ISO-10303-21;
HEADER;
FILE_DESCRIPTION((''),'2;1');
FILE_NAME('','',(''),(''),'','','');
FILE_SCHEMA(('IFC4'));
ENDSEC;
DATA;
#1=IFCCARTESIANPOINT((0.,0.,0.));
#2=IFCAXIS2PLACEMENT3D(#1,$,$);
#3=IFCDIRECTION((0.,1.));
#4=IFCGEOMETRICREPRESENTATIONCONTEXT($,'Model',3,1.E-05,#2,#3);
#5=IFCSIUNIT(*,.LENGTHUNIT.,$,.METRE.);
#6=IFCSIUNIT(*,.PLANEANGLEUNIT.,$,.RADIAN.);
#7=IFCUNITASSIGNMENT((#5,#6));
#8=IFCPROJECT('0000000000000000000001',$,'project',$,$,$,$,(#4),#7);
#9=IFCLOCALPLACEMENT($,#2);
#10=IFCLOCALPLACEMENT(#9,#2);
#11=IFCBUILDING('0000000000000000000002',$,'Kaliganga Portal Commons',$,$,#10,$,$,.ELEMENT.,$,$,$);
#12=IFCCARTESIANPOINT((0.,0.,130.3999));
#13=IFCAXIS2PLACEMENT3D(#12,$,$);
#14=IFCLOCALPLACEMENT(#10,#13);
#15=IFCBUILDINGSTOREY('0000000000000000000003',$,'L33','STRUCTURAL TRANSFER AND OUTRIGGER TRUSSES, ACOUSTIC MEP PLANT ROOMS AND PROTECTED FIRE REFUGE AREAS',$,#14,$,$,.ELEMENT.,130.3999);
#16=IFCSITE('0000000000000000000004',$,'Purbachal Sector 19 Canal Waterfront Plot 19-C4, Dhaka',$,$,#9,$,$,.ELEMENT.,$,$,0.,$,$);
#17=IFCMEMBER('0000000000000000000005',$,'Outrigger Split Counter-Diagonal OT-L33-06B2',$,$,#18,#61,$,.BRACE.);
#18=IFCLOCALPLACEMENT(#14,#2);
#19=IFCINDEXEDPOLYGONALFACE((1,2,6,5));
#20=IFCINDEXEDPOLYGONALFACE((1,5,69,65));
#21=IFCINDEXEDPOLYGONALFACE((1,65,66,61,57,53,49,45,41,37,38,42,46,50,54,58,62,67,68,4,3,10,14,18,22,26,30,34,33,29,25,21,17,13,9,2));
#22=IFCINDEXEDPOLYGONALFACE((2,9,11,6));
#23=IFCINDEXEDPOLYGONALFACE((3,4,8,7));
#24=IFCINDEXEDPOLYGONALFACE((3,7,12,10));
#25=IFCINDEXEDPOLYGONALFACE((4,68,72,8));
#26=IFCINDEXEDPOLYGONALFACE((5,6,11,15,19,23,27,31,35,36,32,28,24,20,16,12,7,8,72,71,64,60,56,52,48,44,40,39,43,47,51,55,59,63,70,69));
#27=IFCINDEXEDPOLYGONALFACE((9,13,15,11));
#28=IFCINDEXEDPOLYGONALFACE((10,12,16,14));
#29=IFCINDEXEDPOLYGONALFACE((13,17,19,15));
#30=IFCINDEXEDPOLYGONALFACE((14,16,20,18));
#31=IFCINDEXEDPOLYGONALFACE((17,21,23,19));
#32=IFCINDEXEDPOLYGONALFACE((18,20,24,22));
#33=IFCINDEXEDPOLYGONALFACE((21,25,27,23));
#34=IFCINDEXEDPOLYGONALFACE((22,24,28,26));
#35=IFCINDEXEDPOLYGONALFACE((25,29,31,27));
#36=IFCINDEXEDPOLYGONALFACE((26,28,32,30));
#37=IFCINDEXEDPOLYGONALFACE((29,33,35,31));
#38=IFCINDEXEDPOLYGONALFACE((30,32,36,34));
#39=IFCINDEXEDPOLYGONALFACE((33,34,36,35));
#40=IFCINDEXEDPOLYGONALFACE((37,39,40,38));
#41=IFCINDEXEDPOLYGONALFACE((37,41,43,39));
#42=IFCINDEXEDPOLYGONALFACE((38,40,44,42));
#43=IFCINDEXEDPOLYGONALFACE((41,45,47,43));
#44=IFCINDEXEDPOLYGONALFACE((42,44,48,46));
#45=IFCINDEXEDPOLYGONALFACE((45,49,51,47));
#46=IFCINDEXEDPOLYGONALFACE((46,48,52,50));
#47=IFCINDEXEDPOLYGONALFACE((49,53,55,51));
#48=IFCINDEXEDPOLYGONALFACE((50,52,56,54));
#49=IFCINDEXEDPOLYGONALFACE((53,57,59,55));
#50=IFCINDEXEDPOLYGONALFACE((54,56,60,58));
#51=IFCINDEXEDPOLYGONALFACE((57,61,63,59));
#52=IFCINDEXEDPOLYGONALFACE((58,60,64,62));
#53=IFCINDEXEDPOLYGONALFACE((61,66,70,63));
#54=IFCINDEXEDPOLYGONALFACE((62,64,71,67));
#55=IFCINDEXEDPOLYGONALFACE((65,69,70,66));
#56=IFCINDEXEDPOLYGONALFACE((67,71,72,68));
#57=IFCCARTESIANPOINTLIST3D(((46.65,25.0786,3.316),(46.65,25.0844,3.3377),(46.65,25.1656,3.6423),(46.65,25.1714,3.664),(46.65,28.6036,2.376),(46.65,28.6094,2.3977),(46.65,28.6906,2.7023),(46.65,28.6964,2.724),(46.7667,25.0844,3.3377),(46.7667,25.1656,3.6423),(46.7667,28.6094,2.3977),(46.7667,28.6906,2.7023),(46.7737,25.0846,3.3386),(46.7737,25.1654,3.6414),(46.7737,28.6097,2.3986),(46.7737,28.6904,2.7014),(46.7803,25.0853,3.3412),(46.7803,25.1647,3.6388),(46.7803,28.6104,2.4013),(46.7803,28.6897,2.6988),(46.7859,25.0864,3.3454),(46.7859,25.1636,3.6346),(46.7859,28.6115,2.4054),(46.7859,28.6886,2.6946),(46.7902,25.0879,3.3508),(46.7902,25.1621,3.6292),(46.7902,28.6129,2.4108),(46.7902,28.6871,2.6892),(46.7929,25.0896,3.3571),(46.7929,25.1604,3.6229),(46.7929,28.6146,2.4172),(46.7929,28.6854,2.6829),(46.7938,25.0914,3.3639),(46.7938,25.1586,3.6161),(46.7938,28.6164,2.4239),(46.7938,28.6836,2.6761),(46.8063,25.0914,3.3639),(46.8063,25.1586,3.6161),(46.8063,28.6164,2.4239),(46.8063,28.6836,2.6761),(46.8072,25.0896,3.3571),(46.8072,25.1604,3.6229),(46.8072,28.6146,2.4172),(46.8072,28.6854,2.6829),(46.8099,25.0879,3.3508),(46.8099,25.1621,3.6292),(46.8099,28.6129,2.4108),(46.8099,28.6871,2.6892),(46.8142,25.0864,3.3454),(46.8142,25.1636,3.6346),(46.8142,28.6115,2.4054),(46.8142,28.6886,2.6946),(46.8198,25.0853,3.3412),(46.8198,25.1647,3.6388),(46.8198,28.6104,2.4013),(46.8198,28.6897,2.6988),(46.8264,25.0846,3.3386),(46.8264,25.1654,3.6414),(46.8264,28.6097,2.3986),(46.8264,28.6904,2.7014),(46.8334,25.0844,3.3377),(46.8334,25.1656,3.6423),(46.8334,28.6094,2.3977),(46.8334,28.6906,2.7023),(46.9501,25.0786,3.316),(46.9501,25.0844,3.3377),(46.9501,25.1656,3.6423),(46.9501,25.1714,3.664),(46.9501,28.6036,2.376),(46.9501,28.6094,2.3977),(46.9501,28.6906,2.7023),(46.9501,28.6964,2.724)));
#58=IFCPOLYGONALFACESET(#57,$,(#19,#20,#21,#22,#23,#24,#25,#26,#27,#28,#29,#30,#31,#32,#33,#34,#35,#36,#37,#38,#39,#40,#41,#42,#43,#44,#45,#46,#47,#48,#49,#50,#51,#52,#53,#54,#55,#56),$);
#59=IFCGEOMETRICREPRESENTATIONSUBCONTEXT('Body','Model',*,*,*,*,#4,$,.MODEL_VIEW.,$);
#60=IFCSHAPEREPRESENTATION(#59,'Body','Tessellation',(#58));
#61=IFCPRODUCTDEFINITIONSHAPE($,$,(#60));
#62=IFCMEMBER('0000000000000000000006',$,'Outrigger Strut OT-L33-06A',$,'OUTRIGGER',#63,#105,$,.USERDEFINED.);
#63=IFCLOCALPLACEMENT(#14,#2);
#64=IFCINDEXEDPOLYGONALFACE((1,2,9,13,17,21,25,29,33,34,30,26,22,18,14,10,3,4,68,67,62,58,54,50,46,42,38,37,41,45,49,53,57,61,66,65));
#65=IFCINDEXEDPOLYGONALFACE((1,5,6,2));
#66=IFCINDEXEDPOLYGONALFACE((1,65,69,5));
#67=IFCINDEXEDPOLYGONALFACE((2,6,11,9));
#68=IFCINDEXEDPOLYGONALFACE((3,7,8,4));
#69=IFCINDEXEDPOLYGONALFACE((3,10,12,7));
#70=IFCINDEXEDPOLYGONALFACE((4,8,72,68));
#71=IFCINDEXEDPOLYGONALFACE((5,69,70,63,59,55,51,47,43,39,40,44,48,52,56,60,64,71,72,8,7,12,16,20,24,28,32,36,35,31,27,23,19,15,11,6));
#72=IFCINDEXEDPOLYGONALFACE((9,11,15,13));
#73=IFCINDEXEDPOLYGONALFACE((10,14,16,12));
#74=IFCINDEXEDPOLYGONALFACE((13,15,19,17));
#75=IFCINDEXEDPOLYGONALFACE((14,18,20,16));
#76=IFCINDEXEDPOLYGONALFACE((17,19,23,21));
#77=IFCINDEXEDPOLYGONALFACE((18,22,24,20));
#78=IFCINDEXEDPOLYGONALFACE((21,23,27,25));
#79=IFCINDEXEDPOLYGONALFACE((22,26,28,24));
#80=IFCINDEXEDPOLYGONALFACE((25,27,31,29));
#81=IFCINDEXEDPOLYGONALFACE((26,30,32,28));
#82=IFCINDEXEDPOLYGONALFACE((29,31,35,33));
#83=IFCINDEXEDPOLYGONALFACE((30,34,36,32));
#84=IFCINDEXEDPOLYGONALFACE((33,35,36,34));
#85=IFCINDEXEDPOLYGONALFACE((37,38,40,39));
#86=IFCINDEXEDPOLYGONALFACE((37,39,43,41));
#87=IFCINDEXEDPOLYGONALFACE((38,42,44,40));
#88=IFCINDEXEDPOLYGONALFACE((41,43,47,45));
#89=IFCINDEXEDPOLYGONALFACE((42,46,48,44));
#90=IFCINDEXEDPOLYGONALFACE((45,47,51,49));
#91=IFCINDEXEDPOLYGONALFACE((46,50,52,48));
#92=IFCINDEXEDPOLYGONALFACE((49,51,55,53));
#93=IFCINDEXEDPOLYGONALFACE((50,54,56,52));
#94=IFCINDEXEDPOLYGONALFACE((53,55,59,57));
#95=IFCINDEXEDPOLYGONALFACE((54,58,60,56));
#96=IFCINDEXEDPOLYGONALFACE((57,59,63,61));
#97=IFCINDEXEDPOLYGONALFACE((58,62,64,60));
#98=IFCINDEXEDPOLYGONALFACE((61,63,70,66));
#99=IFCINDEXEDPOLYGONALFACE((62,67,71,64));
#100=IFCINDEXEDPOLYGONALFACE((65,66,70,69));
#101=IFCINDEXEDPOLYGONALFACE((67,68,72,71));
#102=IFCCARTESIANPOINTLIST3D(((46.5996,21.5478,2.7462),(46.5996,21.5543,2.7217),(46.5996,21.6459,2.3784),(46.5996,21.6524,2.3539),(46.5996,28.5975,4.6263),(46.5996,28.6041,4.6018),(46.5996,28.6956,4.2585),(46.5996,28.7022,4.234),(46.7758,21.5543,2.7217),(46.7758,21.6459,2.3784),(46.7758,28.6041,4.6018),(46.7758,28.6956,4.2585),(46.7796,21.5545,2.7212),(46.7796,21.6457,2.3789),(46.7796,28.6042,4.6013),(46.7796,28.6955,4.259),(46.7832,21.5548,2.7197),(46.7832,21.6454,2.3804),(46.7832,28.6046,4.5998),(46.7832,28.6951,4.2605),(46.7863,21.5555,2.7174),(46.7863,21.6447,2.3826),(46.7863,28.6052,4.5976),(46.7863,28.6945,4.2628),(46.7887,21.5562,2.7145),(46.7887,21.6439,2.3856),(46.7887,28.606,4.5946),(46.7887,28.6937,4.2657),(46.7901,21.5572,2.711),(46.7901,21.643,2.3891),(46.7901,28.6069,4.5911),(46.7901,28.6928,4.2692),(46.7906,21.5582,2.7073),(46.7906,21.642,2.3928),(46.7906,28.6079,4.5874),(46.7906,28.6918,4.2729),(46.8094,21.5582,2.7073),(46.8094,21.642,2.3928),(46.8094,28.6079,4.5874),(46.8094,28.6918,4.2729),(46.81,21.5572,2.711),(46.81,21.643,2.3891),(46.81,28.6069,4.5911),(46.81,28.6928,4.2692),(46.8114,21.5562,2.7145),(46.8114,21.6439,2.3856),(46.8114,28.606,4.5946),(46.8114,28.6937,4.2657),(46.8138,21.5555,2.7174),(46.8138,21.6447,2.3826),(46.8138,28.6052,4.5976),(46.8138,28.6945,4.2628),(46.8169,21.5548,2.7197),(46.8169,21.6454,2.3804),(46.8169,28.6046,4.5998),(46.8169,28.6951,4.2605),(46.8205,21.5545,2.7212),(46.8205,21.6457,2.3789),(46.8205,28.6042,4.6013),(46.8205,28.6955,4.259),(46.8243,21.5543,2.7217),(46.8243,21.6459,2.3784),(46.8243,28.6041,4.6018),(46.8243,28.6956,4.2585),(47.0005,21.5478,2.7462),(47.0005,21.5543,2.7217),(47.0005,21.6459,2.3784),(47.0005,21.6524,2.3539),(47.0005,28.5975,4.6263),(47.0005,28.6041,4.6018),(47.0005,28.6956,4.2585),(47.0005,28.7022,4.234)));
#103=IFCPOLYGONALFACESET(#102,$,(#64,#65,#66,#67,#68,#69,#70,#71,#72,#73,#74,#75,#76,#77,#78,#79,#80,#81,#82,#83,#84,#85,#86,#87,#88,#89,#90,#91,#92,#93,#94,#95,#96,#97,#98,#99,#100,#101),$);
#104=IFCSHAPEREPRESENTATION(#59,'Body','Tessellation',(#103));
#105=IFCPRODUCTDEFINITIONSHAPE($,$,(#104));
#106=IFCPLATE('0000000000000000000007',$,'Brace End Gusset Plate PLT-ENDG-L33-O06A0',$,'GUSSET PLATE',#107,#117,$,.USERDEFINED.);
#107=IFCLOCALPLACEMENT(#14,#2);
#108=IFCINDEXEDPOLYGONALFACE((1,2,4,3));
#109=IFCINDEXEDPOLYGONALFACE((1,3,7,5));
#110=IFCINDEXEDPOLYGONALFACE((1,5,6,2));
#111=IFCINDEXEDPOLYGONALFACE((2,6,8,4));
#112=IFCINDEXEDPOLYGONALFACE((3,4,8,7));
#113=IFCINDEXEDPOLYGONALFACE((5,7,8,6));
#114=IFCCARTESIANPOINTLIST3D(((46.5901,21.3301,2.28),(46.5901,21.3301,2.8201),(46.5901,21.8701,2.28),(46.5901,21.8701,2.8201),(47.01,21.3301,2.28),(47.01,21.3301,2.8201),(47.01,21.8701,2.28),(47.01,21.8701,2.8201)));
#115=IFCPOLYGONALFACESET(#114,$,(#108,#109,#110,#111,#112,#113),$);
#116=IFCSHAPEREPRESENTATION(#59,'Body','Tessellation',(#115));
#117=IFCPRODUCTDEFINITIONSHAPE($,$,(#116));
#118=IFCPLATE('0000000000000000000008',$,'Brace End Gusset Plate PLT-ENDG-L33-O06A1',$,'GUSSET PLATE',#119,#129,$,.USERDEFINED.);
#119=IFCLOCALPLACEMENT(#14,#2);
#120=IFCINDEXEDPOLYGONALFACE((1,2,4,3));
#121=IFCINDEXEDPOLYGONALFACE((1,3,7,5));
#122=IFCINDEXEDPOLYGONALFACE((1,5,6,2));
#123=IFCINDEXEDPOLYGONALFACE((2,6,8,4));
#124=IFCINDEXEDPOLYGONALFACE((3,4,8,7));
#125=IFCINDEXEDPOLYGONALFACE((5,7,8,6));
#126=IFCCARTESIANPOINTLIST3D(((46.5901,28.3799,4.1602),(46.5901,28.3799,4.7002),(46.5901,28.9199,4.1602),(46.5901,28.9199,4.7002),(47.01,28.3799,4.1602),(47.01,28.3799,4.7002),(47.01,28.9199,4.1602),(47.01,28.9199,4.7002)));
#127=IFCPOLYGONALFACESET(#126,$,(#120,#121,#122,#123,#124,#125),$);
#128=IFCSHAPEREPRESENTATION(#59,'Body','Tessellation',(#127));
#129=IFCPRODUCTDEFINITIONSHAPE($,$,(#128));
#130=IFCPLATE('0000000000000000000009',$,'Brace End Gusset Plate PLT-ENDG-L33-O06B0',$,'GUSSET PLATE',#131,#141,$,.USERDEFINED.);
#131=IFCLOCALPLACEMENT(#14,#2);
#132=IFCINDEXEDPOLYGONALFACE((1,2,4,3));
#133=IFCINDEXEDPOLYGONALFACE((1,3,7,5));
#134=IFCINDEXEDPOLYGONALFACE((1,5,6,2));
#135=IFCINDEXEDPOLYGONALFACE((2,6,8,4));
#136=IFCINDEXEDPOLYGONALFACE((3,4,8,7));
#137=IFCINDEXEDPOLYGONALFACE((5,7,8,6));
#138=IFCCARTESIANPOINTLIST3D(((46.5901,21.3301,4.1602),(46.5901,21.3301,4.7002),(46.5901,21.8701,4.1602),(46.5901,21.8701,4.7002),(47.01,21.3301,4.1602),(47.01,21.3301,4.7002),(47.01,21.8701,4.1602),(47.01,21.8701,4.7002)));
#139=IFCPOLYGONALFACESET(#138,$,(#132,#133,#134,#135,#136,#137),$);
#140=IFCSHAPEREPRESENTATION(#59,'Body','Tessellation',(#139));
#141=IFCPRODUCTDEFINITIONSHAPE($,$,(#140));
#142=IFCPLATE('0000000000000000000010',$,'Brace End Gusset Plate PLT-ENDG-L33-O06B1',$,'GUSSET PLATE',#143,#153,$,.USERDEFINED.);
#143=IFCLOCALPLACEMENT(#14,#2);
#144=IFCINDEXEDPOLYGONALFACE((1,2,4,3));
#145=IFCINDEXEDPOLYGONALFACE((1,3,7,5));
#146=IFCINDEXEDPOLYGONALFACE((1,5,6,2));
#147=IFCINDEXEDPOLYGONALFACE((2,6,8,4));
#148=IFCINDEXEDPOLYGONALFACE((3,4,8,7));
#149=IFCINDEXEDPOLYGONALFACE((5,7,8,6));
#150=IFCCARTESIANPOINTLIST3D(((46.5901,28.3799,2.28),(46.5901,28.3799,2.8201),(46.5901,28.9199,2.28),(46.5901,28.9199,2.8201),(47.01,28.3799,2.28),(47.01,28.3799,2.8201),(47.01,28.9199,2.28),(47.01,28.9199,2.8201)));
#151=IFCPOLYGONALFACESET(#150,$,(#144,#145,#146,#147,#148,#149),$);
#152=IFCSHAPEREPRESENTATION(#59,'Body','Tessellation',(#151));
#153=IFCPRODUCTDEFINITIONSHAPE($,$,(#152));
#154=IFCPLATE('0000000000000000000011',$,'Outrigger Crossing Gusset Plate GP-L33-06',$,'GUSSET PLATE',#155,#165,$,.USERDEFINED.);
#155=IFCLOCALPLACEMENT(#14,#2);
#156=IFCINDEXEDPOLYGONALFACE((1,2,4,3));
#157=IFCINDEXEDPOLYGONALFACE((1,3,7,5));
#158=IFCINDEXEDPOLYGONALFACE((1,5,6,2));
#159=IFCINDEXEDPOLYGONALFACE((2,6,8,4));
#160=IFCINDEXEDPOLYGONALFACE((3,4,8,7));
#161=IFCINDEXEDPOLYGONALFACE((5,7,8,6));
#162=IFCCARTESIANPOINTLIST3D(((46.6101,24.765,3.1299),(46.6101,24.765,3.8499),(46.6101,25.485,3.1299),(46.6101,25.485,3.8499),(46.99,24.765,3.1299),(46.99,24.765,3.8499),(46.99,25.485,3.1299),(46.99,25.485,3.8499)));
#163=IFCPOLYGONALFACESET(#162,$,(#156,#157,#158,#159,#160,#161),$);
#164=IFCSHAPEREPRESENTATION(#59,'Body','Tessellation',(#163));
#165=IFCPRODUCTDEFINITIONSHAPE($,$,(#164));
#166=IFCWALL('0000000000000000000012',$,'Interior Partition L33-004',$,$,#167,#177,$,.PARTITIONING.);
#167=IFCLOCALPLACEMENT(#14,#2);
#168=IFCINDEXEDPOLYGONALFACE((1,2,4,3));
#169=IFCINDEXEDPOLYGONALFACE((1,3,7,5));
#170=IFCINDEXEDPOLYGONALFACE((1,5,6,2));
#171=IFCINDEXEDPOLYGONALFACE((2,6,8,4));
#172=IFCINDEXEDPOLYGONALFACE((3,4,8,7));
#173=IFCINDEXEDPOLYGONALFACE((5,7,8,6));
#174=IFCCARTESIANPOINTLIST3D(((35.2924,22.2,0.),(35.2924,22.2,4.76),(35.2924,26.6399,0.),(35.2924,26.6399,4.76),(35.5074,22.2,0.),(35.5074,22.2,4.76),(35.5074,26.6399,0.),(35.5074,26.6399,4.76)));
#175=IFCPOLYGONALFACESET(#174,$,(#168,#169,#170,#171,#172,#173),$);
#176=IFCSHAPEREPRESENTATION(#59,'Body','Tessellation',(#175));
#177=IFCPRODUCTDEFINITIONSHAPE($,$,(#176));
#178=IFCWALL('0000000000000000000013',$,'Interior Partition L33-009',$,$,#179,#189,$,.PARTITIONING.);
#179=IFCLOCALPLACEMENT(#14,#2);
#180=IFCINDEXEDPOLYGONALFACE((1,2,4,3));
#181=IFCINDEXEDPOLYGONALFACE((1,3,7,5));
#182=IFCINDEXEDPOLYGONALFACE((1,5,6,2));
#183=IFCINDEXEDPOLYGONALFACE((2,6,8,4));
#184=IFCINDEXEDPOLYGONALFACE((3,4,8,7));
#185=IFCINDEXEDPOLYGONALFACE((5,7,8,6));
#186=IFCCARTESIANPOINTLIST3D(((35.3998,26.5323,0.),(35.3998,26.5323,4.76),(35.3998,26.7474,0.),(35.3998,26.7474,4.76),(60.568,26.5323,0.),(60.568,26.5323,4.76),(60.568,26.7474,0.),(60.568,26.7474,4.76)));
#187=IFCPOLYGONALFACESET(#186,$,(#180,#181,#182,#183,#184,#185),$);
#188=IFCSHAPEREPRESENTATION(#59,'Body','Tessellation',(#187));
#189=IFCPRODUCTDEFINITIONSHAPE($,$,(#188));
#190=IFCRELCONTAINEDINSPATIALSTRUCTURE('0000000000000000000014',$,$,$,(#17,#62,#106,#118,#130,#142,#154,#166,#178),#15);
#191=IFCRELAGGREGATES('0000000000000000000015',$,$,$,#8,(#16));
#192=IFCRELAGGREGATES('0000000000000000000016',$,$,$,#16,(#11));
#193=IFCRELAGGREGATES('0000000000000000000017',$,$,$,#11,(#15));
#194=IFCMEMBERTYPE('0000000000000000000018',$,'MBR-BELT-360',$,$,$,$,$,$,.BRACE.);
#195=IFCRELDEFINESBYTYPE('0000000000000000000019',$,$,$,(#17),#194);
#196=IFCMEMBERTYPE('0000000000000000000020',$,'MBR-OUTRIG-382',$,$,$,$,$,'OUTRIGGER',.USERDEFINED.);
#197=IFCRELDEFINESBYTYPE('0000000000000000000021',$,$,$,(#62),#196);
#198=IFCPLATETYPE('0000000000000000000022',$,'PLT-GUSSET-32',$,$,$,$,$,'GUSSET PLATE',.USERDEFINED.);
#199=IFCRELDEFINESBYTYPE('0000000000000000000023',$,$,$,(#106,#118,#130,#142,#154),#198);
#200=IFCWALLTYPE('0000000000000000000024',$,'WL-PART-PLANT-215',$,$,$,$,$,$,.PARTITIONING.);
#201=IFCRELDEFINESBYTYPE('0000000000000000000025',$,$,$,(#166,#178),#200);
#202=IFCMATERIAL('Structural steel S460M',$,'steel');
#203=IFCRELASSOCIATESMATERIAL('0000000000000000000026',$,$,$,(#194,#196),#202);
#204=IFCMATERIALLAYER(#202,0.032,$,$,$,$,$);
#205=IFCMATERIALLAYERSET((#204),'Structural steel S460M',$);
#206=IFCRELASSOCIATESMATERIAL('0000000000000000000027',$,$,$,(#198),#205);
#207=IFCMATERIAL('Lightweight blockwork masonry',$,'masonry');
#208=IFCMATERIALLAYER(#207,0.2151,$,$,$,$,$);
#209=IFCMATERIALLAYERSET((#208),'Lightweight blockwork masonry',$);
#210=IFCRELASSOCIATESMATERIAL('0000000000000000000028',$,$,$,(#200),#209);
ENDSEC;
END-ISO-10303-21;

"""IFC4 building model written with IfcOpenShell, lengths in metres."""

from ifc_helpers import new_model, si_unit, direction, frame, frame_2d, origin, origin_2d, place, context, subcontext, project, spatial, rectangle, i_section, extrude, source, transform, mapped, material, layer, layer_set, material_profile, profile_set, type_object, element, save


model = new_model("IFC4")

# Units and contexts
model_context = context("Model", 3, precision=1e-05, world=origin(), true_north=direction((0.0, 1.0)))
body_context = subcontext(model_context, "Body", "Model", "MODEL_VIEW")
ifc_project = project(units=[si_unit("LENGTHUNIT", "METRE"), si_unit("PLANEANGLEUNIT", "RADIAN")], contexts=[model_context])

# Site, building, storey
site_placement = place(None, origin())
site = spatial("IfcSite", under=ifc_project, at=site_placement, Name="Purbachal Sector 19 Canal Waterfront Plot 19-C4, Dhaka", CompositionType="ELEMENT", RefElevation=0.0)
building_placement = place(site_placement, origin())
building = spatial("IfcBuilding", under=site, at=building_placement, Name="Kaliganga Portal Commons", CompositionType="ELEMENT")
storey_placement = place(building_placement, frame((0.0, 0.0, 130.3999)))
storey = spatial("IfcBuildingStorey", under=building, at=storey_placement, Name="L33", Description="STRUCTURAL TRANSFER AND OUTRIGGER TRUSSES, ACOUSTIC MEP PLANT ROOMS AND PROTECTED FIRE REFUGE AREAS", CompositionType="ELEMENT", Elevation=130.3999)

# Members
ifc_material_1 = material(Name="Structural steel S460M", Category="steel")
ifc_material_profile_1 = material_profile(ifc_material_1, i_section(OverallWidth=0.3, OverallDepth=0.3601, WebThickness=0.0125, FlangeThickness=0.0225, FilletRadius=0.0271, at=origin_2d()), Name="HE 360 B")
ifc_profile_set_1 = profile_set([ifc_material_profile_1], Name="Structural steel S460M wide-flange")
member_type_1 = type_object("IfcMemberType", Name="MBR-BELT-360", PredefinedType="BRACE", material=ifc_profile_set_1)
shared_shape_1 = source(origin(), body_context, "Body", "SweptSolid", [
    extrude(i_section(OverallWidth=0.3, OverallDepth=0.3601, WebThickness=0.0125, FlangeThickness=0.0225, FilletRadius=0.0271, at=origin_2d()), origin(), (0.0, 0.0, 1.0), 3.6482),
])
for number, where, z_axis, x_axis, name in (
    (1, (46.8, 25.125, 3.49), (0.0, 0.966237, -0.257654), (-1.0, 0.0, 0.0), "Outrigger Split Counter-Diagonal OT-L33-06B2"),
):
    element("IfcMember", number, at=place(storey_placement, frame(where, z_axis=z_axis, x_axis=x_axis)), inside=storey, type_object=member_type_1, Name=name, PredefinedType="BRACE", context=body_context, shape_type="MappedRepresentation", body=[
        mapped(shared_shape_1, transform((0.0, 0.0, 0.0), x_axis=(1.0, 0.0, 0.0), y_axis=(0.0, 1.0, 0.0), z_axis=(0.0, 0.0, 1.0), scale=1.0)),
    ])
ifc_material_profile_2 = material_profile(ifc_material_1, i_section(OverallWidth=0.4009, OverallDepth=0.406, WebThickness=0.0188, FlangeThickness=0.0254, FilletRadius=0.0149, at=origin_2d()), Name="HD 400x314")
ifc_profile_set_2 = profile_set([ifc_material_profile_2], Name="Structural steel S460M wide-flange")
member_type_2 = type_object("IfcMemberType", Name="MBR-OUTRIG-382", ElementType="OUTRIGGER", PredefinedType="USERDEFINED", material=ifc_profile_set_2)
shared_shape_2 = source(origin(), body_context, "Body", "SweptSolid", [
    extrude(i_section(OverallWidth=0.4009, OverallDepth=0.406, WebThickness=0.0188, FlangeThickness=0.0254, FilletRadius=0.0149, at=origin_2d()), origin(), (0.0, 0.0, 1.0), 7.2961),
])
member_placement = place(storey_placement, frame((46.8, 21.6001, 2.55), z_axis=(0.0, 0.966229, 0.257686), x_axis=(-1.0, 0.0, 0.0)))
element("IfcMember", 2, at=member_placement, inside=storey, type_object=member_type_2, Name="Outrigger Strut OT-L33-06A", ObjectType="OUTRIGGER", PredefinedType="USERDEFINED", context=body_context, shape_type="MappedRepresentation", body=[
    mapped(shared_shape_2, transform((0.0, 0.0, 0.0), x_axis=(1.0, 0.0, 0.0), y_axis=(0.0, 1.0, 0.0), z_axis=(0.0, 0.0, 1.0), scale=1.0)),
])

# Plates
ifc_layer_1 = layer(ifc_material_1, 0.032)
ifc_layer_set_1 = layer_set([ifc_layer_1], Name="Structural steel S460M")
plate_type = type_object("IfcPlateType", Name="PLT-GUSSET-32", ElementType="GUSSET PLATE", PredefinedType="USERDEFINED", material=ifc_layer_set_1)
shared_shape_3 = source(origin(), body_context, "Body", "SweptSolid", [
    extrude(rectangle(XDim=0.54, YDim=0.4199, at=origin_2d()), origin(), (0.0, 0.0, 1.0), 0.54),
])
for number, where, z_axis, x_axis, name in (
    (3, (46.8, 21.6001, 2.28), (0.0, 0.0, 1.0), (0.0, 1.0, 0.0), "Brace End Gusset Plate PLT-ENDG-L33-O06A0"),
    (4, (46.8, 28.6499, 4.1602), (0.0, 0.0, 1.0), (0.0, 1.0, 0.0), "Brace End Gusset Plate PLT-ENDG-L33-O06A1"),
    (5, (46.8, 21.6001, 4.1602), (0.0, 0.0, 1.0), (0.0, 1.0, 0.0), "Brace End Gusset Plate PLT-ENDG-L33-O06B0"),
    (6, (46.8, 28.6499, 2.28), (0.0, 0.0, 1.0), (0.0, 1.0, 0.0), "Brace End Gusset Plate PLT-ENDG-L33-O06B1"),
):
    element("IfcPlate", number, at=place(storey_placement, frame(where, z_axis=z_axis, x_axis=x_axis)), inside=storey, type_object=plate_type, Name=name, ObjectType="GUSSET PLATE", PredefinedType="USERDEFINED", context=body_context, shape_type="MappedRepresentation", body=[
        mapped(shared_shape_3, transform((0.0, 0.0, 0.0), x_axis=(1.0, 0.0, 0.0), y_axis=(0.0, 1.0, 0.0), z_axis=(0.0, 0.0, 1.0), scale=1.0)),
    ])
shared_shape_4 = source(origin(), body_context, "Body", "SweptSolid", [
    extrude(rectangle(XDim=0.72, YDim=0.3799, at=origin_2d()), origin(), (0.0, 0.0, 1.0), 0.72),
])
plate_placement = place(storey_placement, frame((46.8, 25.125, 3.1299), z_axis=(0.0, 0.0, 1.0), x_axis=(0.0, 1.0, 0.0)))
element("IfcPlate", 7, at=plate_placement, inside=storey, type_object=plate_type, Name="Outrigger Crossing Gusset Plate GP-L33-06", ObjectType="GUSSET PLATE", PredefinedType="USERDEFINED", context=body_context, shape_type="MappedRepresentation", body=[
    mapped(shared_shape_4, transform((0.0, 0.0, 0.0), x_axis=(1.0, 0.0, 0.0), y_axis=(0.0, 1.0, 0.0), z_axis=(0.0, 0.0, 1.0), scale=1.0)),
])

# Walls
ifc_material_2 = material(Name="Lightweight blockwork masonry", Category="masonry")
ifc_layer_2 = layer(ifc_material_2, 0.2151)
ifc_layer_set_2 = layer_set([ifc_layer_2], Name="Lightweight blockwork masonry")
wall_type = type_object("IfcWallType", Name="WL-PART-PLANT-215", PredefinedType="PARTITIONING", material=ifc_layer_set_2)
wall_1_placement = place(storey_placement, frame((35.3999, 22.2, 0.0), z_axis=(0.0, 0.0, 1.0), x_axis=(0.0, 1.0, 0.0)))
element("IfcWall", 8, at=wall_1_placement, inside=storey, type_object=wall_type, Name="Interior Partition L33-004", PredefinedType="PARTITIONING", context=body_context, shape_type="SweptSolid", body=[
    extrude(rectangle(XDim=4.4399, YDim=0.2151, at=frame_2d((2.22, 0.0))), origin(), (0.0, 0.0, 1.0), 4.76),
])
wall_2_placement = place(storey_placement, frame((35.3999, 26.6399, 0.0), z_axis=(0.0, 0.0, 1.0), x_axis=(1.0, 0.0, 0.0)))
element("IfcWall", 9, at=wall_2_placement, inside=storey, type_object=wall_type, Name="Interior Partition L33-009", PredefinedType="PARTITIONING", context=body_context, shape_type="SweptSolid", body=[
    extrude(rectangle(XDim=25.1682, YDim=0.2151, at=frame_2d((12.584, 0.0))), origin(), (0.0, 0.0, 1.0), 4.76),
])

save(model, "model.ifc")
